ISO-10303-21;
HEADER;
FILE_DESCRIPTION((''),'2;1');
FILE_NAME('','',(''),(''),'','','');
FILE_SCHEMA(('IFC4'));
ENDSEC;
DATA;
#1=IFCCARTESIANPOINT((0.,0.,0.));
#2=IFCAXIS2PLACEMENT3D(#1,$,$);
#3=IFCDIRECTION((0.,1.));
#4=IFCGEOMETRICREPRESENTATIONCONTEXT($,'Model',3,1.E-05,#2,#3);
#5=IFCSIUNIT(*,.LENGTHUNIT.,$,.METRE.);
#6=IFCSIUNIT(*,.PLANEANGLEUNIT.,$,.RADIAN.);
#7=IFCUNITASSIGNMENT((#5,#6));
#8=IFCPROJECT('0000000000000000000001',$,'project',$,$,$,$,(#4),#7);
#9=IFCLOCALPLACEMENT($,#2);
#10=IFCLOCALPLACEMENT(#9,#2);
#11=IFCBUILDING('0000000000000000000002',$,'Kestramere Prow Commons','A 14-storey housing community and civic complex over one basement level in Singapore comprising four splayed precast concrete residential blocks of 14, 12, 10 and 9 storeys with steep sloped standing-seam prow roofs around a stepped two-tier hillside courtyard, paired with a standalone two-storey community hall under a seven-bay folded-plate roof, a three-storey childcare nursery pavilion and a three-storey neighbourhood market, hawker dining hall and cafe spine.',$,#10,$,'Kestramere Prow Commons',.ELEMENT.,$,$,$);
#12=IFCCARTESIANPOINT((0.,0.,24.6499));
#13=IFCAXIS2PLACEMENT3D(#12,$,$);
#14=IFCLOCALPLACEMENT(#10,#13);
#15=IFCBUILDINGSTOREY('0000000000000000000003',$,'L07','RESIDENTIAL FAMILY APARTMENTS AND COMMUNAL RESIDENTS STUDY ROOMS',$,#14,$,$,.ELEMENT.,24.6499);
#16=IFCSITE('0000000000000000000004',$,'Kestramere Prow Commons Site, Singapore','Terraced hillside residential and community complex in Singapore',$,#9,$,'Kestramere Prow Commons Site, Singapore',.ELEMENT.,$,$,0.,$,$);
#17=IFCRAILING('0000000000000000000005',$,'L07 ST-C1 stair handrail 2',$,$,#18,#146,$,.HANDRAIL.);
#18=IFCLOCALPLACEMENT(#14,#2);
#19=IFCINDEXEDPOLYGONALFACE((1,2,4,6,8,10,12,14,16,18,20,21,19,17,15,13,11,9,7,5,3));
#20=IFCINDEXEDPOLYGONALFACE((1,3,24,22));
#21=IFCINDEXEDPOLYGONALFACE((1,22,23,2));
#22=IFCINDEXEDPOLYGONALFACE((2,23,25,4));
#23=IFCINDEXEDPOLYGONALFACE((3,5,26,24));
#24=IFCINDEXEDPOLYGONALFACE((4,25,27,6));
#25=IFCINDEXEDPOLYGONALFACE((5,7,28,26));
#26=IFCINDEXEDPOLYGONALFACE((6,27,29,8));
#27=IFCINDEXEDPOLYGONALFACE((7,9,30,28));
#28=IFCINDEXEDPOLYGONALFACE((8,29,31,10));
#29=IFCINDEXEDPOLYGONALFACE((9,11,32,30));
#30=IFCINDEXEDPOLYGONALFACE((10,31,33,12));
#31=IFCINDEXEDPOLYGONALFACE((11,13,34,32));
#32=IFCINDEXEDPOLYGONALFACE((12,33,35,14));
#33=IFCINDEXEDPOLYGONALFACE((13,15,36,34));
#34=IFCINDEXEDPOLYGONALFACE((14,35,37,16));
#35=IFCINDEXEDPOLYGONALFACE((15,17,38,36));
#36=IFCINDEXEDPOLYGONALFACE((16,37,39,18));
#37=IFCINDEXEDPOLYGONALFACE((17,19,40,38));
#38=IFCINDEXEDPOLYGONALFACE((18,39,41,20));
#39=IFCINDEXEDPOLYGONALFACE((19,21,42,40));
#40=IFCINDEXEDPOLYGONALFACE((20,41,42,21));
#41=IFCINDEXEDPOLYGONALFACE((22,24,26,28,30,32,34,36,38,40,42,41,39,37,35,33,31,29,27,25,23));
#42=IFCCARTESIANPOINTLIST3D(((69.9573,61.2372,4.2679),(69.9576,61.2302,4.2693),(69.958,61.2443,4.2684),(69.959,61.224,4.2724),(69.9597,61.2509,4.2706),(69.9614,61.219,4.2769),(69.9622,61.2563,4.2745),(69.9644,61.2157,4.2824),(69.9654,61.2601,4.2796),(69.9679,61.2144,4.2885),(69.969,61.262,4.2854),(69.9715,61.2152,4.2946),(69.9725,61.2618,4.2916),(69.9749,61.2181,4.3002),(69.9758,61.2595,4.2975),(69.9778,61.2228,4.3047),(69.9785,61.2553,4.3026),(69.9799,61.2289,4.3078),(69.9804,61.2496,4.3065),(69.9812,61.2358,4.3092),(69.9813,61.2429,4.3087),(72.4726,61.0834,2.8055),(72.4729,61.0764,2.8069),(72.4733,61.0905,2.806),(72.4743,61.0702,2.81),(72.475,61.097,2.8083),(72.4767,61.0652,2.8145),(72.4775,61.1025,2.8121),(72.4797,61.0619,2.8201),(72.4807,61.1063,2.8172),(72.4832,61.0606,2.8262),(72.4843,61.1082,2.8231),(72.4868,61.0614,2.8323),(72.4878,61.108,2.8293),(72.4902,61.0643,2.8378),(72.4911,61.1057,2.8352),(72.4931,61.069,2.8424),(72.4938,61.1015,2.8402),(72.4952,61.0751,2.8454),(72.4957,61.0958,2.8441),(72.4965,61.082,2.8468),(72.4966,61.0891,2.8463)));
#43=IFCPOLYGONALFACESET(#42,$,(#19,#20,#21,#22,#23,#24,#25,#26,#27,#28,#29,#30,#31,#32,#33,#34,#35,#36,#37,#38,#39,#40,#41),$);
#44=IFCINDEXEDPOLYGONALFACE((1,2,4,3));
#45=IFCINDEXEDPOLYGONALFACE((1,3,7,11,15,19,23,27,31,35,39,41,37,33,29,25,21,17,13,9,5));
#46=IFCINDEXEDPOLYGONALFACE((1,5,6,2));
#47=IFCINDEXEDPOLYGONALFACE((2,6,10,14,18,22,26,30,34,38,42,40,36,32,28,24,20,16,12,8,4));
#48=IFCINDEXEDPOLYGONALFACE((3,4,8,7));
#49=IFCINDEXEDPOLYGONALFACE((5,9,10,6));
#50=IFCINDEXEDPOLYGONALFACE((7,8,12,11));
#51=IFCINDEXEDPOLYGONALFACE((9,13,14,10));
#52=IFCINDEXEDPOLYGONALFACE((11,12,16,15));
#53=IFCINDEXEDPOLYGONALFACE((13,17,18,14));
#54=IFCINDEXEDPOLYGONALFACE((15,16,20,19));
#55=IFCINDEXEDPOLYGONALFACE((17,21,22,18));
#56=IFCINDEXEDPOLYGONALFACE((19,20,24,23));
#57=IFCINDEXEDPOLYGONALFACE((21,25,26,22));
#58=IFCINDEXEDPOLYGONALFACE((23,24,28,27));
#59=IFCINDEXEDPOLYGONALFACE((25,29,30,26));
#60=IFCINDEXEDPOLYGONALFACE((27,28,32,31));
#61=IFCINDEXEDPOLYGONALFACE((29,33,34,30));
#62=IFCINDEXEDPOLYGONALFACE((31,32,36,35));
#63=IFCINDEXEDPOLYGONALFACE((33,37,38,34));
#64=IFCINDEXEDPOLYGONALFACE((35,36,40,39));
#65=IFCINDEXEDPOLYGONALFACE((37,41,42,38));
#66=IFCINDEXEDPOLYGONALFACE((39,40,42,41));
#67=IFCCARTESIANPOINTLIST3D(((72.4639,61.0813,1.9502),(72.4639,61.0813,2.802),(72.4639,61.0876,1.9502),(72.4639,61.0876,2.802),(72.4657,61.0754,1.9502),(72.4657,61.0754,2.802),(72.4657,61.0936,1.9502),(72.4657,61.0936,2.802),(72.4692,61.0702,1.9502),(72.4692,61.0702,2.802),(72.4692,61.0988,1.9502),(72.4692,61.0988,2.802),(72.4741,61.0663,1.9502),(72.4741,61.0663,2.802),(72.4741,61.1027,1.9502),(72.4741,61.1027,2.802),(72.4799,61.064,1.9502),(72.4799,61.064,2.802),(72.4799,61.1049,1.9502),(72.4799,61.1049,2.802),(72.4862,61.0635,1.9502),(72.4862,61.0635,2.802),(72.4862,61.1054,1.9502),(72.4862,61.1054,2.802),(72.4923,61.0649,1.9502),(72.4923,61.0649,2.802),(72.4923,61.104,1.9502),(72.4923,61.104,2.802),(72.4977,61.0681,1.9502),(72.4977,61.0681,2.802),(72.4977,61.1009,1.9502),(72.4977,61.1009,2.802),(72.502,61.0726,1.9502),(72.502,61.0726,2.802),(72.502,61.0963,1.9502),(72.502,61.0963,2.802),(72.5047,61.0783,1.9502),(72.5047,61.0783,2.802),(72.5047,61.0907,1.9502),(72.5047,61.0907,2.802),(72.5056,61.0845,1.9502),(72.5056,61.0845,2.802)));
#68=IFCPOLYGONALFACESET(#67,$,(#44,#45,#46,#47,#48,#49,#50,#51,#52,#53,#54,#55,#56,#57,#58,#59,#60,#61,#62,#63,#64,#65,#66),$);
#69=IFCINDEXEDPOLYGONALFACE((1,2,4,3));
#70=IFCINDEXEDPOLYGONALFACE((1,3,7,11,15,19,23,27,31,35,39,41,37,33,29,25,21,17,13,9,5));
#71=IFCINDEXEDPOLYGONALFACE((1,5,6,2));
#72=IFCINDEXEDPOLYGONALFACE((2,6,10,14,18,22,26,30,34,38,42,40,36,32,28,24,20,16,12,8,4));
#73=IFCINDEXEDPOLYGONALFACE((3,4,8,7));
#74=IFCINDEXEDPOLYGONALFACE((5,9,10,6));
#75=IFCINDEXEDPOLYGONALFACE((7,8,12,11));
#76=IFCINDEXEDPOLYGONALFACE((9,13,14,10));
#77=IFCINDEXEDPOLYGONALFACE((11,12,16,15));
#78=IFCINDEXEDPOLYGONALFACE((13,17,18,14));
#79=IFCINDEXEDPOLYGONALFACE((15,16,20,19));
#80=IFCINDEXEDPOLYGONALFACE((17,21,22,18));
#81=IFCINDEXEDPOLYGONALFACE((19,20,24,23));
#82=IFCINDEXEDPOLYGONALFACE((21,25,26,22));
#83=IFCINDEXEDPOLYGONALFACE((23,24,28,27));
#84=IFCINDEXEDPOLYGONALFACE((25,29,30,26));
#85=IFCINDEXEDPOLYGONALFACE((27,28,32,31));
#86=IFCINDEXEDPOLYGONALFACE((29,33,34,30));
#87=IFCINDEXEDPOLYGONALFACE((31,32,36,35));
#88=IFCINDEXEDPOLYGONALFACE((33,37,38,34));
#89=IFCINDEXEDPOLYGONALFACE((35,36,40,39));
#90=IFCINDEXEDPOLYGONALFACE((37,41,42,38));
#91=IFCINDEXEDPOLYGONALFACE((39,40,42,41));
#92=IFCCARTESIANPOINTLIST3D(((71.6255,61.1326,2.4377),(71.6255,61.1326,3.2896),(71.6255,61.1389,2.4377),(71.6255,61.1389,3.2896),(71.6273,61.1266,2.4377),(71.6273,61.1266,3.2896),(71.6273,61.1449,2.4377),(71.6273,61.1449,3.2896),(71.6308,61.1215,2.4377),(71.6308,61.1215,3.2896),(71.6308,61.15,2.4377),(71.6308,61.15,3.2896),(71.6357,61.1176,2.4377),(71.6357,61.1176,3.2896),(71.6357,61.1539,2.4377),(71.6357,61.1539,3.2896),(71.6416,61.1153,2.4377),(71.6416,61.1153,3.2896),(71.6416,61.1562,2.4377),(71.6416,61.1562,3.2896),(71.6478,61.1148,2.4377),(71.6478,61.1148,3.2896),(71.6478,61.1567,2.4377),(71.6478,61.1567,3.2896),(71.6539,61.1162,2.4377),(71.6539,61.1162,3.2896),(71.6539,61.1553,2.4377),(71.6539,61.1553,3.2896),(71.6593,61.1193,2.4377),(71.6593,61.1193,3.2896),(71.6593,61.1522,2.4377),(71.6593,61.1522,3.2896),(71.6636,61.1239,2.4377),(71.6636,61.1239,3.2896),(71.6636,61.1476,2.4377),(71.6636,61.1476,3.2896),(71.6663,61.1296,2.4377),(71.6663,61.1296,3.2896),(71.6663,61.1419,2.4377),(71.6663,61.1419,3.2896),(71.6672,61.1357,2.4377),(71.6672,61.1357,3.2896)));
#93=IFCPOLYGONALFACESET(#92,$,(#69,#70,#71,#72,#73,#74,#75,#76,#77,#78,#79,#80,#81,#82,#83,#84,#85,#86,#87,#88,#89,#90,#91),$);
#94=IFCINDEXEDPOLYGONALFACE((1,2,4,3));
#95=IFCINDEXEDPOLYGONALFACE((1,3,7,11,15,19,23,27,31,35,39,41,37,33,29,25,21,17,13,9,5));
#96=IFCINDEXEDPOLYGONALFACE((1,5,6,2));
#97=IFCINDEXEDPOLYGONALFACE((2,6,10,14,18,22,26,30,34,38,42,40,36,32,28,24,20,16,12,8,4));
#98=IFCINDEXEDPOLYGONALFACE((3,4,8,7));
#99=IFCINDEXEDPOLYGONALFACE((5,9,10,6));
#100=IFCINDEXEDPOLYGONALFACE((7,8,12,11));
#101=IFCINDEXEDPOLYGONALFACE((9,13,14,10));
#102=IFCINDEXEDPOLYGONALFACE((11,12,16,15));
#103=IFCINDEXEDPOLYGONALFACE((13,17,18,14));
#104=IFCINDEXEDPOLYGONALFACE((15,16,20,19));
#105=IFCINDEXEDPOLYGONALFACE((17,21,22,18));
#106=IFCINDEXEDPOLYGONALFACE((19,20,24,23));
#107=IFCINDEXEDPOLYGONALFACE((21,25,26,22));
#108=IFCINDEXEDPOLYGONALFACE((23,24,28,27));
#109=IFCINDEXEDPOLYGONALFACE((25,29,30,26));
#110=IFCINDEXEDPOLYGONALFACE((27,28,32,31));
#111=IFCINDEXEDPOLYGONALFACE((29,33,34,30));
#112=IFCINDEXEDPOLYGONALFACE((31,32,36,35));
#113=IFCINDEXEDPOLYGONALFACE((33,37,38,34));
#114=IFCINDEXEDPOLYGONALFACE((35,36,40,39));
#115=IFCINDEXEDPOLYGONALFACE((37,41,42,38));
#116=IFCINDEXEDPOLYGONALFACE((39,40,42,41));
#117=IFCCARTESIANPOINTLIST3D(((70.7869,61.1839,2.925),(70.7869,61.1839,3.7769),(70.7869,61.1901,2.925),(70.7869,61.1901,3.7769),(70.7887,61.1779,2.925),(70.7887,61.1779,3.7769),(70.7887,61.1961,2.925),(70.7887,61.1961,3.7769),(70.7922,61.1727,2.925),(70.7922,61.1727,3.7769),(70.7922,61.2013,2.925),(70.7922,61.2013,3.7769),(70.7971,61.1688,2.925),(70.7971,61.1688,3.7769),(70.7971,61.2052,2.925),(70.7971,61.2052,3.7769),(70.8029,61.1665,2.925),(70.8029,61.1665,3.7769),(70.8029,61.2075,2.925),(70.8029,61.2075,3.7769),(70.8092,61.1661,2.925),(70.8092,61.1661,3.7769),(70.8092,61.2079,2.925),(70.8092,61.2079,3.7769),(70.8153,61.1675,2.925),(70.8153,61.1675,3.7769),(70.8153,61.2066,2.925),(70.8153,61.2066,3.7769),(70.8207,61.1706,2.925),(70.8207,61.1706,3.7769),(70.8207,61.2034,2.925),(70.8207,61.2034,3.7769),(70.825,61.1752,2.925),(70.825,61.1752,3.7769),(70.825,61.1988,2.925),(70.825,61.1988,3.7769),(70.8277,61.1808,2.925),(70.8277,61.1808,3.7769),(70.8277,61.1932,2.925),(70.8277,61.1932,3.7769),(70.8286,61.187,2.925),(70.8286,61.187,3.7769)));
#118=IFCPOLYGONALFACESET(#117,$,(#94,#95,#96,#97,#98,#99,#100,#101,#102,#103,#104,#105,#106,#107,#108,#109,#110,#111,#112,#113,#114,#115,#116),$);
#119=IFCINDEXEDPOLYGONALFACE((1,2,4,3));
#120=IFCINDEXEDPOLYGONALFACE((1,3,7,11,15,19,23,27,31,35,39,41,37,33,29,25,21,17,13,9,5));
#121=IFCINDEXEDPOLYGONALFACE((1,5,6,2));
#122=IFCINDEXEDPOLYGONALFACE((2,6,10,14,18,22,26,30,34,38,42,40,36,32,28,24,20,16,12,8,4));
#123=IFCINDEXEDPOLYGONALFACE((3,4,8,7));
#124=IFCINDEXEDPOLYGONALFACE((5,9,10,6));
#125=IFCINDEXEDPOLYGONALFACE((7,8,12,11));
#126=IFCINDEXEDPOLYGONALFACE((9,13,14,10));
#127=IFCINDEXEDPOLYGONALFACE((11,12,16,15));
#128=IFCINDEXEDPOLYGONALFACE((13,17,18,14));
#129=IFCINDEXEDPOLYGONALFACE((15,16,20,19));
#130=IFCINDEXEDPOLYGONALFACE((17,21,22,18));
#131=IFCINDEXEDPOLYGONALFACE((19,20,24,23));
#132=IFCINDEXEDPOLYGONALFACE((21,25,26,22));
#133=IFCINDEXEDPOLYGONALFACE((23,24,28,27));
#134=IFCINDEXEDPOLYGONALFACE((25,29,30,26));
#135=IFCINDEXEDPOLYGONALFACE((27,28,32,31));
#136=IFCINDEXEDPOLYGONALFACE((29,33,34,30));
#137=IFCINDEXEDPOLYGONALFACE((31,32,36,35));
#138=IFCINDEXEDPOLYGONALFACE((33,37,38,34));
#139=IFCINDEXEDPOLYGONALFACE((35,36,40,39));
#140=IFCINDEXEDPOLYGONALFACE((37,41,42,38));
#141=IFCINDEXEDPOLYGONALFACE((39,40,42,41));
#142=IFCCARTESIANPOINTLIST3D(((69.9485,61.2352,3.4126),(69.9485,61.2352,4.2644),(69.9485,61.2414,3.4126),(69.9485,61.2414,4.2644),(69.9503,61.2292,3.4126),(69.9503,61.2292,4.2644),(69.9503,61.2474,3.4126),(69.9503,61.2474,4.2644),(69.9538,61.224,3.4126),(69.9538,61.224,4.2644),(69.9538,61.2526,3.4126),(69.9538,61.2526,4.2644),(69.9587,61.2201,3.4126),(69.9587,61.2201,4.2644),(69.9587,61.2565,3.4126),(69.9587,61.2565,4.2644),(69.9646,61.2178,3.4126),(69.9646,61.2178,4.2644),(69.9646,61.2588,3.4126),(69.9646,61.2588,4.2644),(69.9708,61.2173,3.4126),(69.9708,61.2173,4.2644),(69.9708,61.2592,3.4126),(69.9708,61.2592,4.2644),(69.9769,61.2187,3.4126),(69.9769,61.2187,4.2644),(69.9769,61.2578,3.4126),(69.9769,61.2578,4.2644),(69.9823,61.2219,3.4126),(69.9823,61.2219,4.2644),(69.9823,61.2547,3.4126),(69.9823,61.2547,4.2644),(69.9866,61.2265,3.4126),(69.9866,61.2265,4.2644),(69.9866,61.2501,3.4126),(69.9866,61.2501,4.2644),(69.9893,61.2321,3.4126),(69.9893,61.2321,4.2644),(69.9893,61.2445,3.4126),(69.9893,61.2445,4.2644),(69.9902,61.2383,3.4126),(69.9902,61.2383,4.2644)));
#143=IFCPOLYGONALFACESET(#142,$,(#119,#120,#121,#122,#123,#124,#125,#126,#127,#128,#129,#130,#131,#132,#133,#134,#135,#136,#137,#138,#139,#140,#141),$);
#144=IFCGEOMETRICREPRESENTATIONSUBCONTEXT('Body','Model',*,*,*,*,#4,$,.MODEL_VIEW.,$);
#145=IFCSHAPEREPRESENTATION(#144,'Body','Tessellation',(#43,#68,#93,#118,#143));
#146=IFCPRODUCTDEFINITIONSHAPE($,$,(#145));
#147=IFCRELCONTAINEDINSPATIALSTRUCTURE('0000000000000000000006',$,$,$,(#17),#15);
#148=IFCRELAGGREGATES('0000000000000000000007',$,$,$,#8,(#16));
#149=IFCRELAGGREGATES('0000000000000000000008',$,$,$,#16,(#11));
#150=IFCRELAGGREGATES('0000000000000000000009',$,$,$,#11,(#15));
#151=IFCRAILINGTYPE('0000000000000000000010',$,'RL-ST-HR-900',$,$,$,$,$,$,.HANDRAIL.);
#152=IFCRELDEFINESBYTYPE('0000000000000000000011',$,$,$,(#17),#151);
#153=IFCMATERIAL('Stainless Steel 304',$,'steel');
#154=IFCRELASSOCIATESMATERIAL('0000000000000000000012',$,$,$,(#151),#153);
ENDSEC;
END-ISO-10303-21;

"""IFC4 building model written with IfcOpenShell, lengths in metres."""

from ifc_helpers import new_model, si_unit, direction, frame, origin, origin_2d, place, context, subcontext, project, spatial, circle, extrude, material, type_object, element, save


model = new_model("IFC4")

# Units and contexts
model_context = context("Model", 3, precision=1e-05, world=origin(), true_north=direction((0.0, 1.0)))
body_context = subcontext(model_context, "Body", "Model", "MODEL_VIEW")
ifc_project = project(units=[si_unit("LENGTHUNIT", "METRE"), si_unit("PLANEANGLEUNIT", "RADIAN")], contexts=[model_context])

# Site, building, storey
site_placement = place(None, origin())
site = spatial("IfcSite", under=ifc_project, at=site_placement, Name="Kestramere Prow Commons Site, Singapore", Description="Terraced hillside residential and community complex in Singapore", LongName="Kestramere Prow Commons Site, Singapore", CompositionType="ELEMENT", RefElevation=0.0)
building_placement = place(site_placement, origin())
building = spatial("IfcBuilding", under=site, at=building_placement, Name="Kestramere Prow Commons", Description="A 14-storey housing community and civic complex over one basement level in Singapore comprising four splayed precast concrete residential blocks of 14, 12, 10 and 9 storeys with steep sloped standing-seam prow roofs around a stepped two-tier hillside courtyard, paired with a standalone two-storey community hall under a seven-bay folded-plate roof, a three-storey childcare nursery pavilion and a three-storey neighbourhood market, hawker dining hall and cafe spine.", LongName="Kestramere Prow Commons", CompositionType="ELEMENT")
storey_placement = place(building_placement, frame((0.0, 0.0, 24.6499)))
storey = spatial("IfcBuildingStorey", under=building, at=storey_placement, Name="L07", Description="RESIDENTIAL FAMILY APARTMENTS AND COMMUNAL RESIDENTS STUDY ROOMS", CompositionType="ELEMENT", Elevation=24.6499)

# Railing
ifc_material_1 = material(Name="Stainless Steel 304", Category="steel")
railing_type_1 = type_object("IfcRailingType", Name="RL-ST-HR-900", PredefinedType="HANDRAIL", material=ifc_material_1)
railing_1_placement = place(storey_placement, frame((72.4846, 61.0845, 1.9502)))
element("IfcRailing", 1, at=railing_1_placement, inside=storey, type_object=railing_type_1, Name="L07 ST-C1 stair handrail 2", PredefinedType="HANDRAIL", context=body_context, shape_type="SweptSolid", body=[
    extrude(circle(Radius=0.0239, at=origin_2d()), frame((0.0, 0.0, 0.876), z_axis=(-0.863306, 0.052789, 0.501912), x_axis=(-0.061033, -0.998136, 0.0)), (0.0, 0.0, 1.0), 2.9136),
    extrude(circle(Radius=0.021, at=origin_2d()), origin(), (0.0, 0.0, 1.0), 0.8518),
    extrude(circle(Radius=0.021, at=origin_2d()), frame((-0.8384, 0.0513, 0.4875)), (0.0, 0.0, 1.0), 0.8518),
    extrude(circle(Radius=0.021, at=origin_2d()), frame((-1.677, 0.1025, 0.9749)), (0.0, 0.0, 1.0), 0.8518),
    extrude(circle(Radius=0.021, at=origin_2d()), frame((-2.5154, 0.1538, 1.4624)), (0.0, 0.0, 1.0), 0.8518),
])

save(model, "model.ifc")
